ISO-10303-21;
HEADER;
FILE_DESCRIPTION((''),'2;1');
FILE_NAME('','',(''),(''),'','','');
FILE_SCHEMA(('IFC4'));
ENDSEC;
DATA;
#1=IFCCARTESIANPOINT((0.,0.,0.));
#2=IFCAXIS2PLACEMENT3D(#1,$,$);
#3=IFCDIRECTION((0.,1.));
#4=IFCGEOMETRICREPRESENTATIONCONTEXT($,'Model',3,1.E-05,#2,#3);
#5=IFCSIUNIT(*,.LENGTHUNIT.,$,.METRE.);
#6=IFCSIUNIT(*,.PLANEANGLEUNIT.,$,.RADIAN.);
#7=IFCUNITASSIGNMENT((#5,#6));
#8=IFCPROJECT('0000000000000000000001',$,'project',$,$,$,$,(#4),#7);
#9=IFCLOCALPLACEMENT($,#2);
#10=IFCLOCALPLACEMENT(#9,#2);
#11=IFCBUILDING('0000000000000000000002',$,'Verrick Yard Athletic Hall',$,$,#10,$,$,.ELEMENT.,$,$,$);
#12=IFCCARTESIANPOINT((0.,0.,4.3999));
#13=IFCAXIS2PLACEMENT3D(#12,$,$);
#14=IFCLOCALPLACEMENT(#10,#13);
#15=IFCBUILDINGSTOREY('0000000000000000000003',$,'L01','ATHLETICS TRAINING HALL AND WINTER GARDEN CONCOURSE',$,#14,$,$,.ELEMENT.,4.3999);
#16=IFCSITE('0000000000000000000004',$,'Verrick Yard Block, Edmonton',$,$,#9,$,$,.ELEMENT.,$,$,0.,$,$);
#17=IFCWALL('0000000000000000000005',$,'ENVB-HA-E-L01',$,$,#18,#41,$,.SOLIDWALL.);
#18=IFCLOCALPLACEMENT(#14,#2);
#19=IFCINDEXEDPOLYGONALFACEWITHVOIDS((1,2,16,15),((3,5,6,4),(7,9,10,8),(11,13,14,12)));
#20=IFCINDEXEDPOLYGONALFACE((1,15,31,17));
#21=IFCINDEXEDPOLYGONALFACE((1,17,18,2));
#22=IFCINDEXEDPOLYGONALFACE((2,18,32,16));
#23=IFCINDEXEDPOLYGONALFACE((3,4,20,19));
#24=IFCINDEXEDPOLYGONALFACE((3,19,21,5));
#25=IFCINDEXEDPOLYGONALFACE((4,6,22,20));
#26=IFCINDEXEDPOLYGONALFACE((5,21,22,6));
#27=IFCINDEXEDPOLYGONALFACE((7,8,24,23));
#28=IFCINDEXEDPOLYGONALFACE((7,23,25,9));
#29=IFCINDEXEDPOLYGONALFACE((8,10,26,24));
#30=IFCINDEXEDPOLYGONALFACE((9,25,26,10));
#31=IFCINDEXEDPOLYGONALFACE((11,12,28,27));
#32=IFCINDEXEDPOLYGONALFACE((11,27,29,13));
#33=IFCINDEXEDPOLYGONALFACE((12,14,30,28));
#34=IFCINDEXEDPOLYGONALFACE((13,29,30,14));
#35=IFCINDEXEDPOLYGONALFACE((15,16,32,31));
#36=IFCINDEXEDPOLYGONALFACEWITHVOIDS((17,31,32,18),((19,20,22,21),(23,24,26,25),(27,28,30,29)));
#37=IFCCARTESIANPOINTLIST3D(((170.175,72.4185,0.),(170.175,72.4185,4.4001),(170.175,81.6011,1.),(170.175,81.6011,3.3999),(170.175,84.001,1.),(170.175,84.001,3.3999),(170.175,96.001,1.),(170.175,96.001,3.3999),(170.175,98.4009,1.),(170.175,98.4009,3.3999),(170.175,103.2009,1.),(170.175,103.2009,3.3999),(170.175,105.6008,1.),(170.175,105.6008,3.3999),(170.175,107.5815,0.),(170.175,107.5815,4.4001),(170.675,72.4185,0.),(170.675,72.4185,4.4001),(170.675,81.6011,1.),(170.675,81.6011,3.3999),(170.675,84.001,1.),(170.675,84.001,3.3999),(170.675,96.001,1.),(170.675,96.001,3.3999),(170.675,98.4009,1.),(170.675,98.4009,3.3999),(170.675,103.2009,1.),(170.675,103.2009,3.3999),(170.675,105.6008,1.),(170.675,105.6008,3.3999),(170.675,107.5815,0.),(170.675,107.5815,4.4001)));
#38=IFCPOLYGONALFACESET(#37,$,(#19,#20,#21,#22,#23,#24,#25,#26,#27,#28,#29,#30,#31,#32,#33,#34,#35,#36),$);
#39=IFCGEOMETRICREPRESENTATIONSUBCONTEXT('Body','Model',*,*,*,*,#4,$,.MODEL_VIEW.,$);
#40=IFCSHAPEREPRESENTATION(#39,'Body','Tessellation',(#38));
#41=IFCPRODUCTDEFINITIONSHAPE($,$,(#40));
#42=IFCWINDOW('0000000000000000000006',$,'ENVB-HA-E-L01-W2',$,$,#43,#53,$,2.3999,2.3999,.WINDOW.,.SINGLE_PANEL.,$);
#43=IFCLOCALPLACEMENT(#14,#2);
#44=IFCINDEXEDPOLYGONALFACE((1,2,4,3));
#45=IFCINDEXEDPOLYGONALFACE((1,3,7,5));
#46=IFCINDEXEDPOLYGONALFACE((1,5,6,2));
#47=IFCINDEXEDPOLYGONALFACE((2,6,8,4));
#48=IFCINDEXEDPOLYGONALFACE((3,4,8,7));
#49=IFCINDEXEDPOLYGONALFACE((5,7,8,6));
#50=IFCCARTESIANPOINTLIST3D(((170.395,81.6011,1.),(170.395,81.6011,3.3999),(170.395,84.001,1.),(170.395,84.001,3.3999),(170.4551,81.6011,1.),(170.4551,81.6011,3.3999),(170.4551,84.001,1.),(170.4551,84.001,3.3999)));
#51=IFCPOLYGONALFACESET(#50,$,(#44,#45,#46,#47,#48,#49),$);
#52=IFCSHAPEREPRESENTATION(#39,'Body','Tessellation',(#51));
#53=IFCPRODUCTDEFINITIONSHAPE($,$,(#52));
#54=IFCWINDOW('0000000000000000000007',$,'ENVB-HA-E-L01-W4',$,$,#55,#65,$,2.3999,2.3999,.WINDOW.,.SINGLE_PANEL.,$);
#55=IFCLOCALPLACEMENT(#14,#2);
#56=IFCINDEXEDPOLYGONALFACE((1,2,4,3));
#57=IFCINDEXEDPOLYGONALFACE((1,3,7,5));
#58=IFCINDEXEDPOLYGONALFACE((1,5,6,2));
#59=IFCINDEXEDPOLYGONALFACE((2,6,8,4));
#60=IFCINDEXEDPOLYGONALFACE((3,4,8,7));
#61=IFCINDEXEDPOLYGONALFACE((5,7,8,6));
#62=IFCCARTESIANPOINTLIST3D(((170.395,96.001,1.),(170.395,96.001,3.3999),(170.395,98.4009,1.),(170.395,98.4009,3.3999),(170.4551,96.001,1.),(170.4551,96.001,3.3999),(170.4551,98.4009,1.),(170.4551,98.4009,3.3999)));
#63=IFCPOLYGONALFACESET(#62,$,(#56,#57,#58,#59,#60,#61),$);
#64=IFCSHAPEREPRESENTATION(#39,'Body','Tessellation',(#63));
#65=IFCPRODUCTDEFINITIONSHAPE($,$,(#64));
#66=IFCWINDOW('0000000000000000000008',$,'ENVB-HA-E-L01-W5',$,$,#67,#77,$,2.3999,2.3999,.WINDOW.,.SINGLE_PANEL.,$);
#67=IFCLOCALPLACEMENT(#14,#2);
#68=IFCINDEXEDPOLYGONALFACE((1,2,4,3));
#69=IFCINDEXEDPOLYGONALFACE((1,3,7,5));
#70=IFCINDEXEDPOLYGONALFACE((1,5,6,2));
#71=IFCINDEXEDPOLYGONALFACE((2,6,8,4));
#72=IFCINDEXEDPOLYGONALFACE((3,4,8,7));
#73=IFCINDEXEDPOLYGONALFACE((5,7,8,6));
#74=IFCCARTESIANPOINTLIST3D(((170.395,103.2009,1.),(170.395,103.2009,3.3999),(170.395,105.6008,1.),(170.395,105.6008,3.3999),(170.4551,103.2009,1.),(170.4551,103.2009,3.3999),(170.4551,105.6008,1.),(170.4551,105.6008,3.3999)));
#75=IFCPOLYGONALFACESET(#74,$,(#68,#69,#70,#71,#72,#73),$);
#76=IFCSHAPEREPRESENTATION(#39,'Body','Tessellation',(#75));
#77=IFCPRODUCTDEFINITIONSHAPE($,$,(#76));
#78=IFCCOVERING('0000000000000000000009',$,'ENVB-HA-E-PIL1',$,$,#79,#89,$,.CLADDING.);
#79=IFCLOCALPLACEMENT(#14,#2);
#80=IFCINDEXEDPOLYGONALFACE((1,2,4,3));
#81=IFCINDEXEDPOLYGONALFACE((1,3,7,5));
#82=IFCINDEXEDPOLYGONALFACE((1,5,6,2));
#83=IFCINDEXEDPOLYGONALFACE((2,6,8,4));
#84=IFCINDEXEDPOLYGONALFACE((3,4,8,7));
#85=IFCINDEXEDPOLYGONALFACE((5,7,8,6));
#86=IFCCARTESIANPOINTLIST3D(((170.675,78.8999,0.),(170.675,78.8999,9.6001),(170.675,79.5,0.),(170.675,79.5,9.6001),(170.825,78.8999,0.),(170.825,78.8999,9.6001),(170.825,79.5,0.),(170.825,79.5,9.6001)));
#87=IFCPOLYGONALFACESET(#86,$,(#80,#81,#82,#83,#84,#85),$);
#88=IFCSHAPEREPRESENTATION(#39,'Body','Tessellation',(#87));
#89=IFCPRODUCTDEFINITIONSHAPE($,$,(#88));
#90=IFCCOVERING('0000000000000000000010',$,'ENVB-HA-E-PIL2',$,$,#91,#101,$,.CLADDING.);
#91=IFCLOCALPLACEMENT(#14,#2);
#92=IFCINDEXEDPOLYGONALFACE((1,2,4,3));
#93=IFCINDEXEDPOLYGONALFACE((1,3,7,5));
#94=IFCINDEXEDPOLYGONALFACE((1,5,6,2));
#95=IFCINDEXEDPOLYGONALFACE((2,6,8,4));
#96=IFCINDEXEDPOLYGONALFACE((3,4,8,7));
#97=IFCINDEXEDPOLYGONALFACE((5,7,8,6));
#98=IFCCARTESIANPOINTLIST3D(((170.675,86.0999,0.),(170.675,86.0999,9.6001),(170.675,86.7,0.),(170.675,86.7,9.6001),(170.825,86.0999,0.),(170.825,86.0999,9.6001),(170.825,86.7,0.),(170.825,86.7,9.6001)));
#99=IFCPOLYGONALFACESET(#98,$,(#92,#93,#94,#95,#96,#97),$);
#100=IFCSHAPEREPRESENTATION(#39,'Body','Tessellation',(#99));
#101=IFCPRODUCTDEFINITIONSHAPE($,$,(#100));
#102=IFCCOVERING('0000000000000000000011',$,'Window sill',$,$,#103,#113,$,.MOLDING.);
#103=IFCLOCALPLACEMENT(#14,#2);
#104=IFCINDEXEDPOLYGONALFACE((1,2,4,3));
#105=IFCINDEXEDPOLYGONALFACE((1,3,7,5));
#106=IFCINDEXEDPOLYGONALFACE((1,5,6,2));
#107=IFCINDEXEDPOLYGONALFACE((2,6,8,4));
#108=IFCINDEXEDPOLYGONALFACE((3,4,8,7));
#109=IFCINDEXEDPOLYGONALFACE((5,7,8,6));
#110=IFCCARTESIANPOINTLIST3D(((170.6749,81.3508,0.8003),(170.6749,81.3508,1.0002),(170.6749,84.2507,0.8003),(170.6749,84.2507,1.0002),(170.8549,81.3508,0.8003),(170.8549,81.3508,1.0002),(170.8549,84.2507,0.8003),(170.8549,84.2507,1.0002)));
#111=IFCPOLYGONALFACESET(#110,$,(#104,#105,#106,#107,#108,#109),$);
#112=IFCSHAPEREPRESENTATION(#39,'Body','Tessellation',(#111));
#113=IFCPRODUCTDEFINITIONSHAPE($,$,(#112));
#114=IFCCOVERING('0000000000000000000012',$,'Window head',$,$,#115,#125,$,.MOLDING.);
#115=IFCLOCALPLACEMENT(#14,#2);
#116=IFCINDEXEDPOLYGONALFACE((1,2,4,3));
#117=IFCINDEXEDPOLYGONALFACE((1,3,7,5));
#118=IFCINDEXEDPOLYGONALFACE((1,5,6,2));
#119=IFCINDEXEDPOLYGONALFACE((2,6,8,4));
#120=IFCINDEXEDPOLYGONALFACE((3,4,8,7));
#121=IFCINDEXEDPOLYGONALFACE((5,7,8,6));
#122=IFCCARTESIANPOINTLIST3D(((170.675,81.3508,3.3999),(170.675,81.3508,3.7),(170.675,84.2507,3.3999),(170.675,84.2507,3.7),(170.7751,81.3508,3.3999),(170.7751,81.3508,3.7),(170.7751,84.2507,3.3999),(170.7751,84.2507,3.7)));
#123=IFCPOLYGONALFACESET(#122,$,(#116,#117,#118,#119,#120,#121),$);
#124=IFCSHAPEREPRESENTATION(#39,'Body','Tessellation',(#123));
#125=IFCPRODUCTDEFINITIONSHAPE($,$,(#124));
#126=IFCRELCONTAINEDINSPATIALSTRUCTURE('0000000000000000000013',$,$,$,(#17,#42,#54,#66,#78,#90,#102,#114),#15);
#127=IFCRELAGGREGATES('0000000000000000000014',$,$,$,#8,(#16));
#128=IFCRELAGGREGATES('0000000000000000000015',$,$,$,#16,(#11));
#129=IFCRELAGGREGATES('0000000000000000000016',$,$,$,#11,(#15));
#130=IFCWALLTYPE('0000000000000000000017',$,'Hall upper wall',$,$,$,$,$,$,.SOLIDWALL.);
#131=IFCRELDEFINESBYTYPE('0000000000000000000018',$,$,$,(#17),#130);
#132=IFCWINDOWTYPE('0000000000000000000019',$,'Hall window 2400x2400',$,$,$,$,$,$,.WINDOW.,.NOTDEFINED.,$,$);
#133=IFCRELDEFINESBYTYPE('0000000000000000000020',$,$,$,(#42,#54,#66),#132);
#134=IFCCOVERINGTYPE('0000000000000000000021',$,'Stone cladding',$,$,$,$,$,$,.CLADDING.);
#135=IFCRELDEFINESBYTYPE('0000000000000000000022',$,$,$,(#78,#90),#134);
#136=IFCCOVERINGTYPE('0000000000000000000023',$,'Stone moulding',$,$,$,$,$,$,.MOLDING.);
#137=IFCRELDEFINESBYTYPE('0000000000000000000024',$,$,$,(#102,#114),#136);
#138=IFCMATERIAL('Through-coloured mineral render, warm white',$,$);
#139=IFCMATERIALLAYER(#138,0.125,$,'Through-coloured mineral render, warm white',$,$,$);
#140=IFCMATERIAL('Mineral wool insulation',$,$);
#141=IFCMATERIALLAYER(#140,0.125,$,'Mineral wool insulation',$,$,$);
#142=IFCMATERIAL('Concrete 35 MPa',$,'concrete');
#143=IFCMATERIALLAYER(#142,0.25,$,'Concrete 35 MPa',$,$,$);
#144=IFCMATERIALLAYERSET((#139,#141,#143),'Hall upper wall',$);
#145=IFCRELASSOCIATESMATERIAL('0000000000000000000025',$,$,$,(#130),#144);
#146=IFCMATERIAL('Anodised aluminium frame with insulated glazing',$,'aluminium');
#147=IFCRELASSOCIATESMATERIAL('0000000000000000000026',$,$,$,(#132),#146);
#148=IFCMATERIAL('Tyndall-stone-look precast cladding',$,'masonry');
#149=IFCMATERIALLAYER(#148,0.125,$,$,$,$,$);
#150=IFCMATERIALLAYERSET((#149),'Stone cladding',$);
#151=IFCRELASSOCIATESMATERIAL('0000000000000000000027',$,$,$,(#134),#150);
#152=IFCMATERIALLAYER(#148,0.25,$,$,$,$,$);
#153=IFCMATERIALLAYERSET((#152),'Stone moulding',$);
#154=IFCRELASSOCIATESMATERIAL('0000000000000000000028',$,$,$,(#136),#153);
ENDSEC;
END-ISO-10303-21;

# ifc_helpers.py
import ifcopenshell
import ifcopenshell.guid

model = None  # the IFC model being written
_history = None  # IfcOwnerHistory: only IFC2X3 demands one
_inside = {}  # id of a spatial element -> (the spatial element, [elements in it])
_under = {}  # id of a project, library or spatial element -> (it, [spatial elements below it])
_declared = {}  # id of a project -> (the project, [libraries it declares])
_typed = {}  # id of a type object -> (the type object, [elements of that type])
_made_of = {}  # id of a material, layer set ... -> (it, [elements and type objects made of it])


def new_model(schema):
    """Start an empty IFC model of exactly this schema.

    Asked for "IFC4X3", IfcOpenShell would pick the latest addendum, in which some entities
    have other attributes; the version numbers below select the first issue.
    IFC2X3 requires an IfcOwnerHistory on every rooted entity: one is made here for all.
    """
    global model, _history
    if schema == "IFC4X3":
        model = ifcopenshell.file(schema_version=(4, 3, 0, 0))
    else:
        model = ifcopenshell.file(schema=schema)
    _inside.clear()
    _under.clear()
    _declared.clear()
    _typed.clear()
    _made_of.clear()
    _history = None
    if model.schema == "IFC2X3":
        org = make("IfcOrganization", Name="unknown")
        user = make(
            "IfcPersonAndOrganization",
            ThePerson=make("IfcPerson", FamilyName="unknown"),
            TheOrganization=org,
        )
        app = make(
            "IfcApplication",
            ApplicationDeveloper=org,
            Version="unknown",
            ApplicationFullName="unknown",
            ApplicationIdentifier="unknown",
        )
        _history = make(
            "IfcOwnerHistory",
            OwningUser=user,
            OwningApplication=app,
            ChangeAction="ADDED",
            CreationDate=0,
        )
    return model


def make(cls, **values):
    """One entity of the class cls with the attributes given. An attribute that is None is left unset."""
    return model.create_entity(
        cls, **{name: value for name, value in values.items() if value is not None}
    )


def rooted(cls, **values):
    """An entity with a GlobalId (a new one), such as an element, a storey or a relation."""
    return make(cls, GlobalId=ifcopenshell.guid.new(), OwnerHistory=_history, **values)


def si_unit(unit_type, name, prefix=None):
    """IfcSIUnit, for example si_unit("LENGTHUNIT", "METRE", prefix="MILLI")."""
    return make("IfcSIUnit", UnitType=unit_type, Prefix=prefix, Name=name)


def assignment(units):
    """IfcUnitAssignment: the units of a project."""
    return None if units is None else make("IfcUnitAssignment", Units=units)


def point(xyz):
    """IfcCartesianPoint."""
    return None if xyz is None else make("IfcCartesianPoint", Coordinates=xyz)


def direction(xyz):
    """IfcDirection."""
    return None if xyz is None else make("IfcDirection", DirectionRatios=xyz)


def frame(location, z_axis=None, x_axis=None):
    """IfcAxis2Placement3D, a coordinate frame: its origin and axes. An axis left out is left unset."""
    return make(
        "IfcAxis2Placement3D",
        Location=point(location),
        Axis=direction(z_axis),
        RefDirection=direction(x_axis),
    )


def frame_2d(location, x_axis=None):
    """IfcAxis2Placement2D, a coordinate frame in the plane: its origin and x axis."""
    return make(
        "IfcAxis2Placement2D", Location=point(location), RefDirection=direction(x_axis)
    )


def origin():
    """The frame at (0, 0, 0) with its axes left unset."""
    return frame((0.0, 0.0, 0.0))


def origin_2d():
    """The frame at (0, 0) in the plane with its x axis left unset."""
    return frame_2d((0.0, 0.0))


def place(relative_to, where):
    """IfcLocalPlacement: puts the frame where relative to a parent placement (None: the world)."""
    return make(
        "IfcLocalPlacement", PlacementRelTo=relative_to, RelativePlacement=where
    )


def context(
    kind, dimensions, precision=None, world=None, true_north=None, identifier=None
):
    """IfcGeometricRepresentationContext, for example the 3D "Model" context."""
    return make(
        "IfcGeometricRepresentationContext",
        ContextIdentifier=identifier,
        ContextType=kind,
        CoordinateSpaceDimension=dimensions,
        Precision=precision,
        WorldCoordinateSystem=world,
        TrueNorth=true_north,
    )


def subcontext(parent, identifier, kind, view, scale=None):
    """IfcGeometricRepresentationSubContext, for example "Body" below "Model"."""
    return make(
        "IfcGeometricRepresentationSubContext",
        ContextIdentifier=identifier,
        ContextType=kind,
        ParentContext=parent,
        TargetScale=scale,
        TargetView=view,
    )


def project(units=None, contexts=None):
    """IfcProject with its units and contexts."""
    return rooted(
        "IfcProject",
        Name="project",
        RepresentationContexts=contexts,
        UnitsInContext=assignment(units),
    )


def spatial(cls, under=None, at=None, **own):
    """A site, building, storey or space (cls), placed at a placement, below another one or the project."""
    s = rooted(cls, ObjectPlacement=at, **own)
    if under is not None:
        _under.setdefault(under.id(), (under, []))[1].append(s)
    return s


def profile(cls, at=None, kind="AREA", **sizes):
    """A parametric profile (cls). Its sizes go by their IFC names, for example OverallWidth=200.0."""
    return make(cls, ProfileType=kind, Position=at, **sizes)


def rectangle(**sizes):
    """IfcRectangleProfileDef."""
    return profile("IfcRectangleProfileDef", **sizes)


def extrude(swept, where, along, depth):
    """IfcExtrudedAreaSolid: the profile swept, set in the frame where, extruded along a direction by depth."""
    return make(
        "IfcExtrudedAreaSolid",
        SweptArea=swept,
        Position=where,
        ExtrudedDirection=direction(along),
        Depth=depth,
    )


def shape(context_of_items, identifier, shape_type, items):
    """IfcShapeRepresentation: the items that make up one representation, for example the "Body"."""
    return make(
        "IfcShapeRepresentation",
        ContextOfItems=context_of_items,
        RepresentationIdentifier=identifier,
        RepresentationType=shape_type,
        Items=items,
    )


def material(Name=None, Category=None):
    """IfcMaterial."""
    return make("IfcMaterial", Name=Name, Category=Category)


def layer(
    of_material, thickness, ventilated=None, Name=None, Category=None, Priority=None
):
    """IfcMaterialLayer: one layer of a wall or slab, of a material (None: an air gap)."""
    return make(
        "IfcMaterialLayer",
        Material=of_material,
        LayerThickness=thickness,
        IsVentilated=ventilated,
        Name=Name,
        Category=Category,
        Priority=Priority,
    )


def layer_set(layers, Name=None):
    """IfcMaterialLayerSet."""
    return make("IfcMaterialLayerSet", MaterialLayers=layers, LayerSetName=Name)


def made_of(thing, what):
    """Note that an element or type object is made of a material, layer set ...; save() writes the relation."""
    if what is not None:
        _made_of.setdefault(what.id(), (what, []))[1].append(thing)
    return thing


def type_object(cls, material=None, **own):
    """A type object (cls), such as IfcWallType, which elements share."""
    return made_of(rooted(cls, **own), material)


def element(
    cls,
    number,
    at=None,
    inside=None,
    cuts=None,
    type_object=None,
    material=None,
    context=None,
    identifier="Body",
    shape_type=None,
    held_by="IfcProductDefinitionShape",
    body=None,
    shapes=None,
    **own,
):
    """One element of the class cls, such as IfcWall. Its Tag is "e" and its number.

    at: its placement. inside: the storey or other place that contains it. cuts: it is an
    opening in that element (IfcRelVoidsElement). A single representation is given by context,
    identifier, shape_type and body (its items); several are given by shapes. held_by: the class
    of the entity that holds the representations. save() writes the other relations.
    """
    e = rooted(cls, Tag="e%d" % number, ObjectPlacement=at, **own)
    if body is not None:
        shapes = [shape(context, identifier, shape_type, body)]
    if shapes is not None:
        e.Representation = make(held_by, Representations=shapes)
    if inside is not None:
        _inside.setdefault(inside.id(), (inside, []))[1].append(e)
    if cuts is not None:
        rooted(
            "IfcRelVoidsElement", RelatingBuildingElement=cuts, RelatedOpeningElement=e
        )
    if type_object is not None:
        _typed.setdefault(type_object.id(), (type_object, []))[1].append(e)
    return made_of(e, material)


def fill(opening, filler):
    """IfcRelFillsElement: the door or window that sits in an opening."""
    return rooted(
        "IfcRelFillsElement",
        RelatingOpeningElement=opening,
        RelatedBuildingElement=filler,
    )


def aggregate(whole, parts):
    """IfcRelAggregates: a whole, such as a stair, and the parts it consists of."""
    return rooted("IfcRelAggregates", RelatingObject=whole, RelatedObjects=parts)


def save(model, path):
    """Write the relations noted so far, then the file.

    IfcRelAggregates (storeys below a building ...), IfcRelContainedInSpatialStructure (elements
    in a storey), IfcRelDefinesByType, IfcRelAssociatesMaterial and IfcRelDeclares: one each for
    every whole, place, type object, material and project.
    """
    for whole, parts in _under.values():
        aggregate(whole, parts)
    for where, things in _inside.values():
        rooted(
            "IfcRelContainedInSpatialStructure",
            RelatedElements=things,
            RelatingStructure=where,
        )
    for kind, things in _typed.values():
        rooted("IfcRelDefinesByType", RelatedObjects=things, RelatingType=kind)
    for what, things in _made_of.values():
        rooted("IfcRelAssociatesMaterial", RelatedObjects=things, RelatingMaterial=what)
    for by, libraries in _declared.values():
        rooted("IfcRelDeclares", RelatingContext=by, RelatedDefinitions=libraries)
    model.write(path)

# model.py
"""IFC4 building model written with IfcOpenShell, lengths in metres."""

from ifc_helpers import new_model, si_unit, direction, frame, frame_2d, origin, origin_2d, place, context, subcontext, project, spatial, rectangle, extrude, material, layer, layer_set, type_object, element, fill, save


model = new_model("IFC4")

# Units and contexts
model_context = context("Model", 3, precision=1e-05, world=origin(), true_north=direction((0.0, 1.0)))
body_context = subcontext(model_context, "Body", "Model", "MODEL_VIEW")
ifc_project = project(units=[si_unit("LENGTHUNIT", "METRE"), si_unit("PLANEANGLEUNIT", "RADIAN")], contexts=[model_context])

# Site, building, storey
site_placement = place(None, origin())
site = spatial("IfcSite", under=ifc_project, at=site_placement, Name="Verrick Yard Block, Edmonton", CompositionType="ELEMENT", RefElevation=0.0)
building_placement = place(site_placement, origin())
building = spatial("IfcBuilding", under=site, at=building_placement, Name="Verrick Yard Athletic Hall", CompositionType="ELEMENT")
storey_placement = place(building_placement, frame((0.0, 0.0, 4.3999)))
storey = spatial("IfcBuildingStorey", under=building, at=storey_placement, Name="L01", Description="ATHLETICS TRAINING HALL AND WINTER GARDEN CONCOURSE", CompositionType="ELEMENT", Elevation=4.3999)

# Wall, openings, windows
ifc_material_1 = material(Name="Through-coloured mineral render, warm white")
ifc_layer_1 = layer(ifc_material_1, 0.125, Name="Through-coloured mineral render, warm white")
ifc_material_2 = material(Name="Mineral wool insulation")
ifc_layer_2 = layer(ifc_material_2, 0.125, Name="Mineral wool insulation")
ifc_material_3 = material(Name="Concrete 35 MPa", Category="concrete")
ifc_layer_3 = layer(ifc_material_3, 0.25, Name="Concrete 35 MPa")
ifc_layer_set_1 = layer_set([ifc_layer_1, ifc_layer_2, ifc_layer_3], Name="Hall upper wall")
wall_type = type_object("IfcWallType", Name="Hall upper wall", PredefinedType="SOLIDWALL", material=ifc_layer_set_1)
wall_placement = place(storey_placement, frame((170.425, 72.4185, 0.0), z_axis=(0.0, 0.0, 1.0), x_axis=(0.0, 1.0, 0.0)))
wall = element("IfcWall", 1, at=wall_placement, inside=storey, type_object=wall_type, Name="ENVB-HA-E-L01", PredefinedType="SOLIDWALL", context=body_context, shape_type="SweptSolid", body=[
    extrude(rectangle(XDim=35.1631, YDim=0.5, at=frame_2d((17.5815, 0.0))), origin(), (0.0, 0.0, 1.0), 4.4001),
])
opening_1_placement = place(wall_placement, frame((9.1826, 0.0, 1.0)))
opening_1 = element("IfcOpeningElement", 2, at=opening_1_placement, cuts=wall, PredefinedType="OPENING", context=body_context, shape_type="SweptSolid", body=[
    extrude(rectangle(XDim=2.3999, YDim=2.3999, at=frame_2d((1.2, 1.2))), frame((0.0, 0.26, 0.0), z_axis=(0.0, -1.0, 0.0), x_axis=(1.0, 0.0, 0.0)), (0.0, 0.0, 1.0), 0.52),
])
opening_2_placement = place(wall_placement, frame((23.5825, 0.0, 1.0)))
opening_2 = element("IfcOpeningElement", 3, at=opening_2_placement, cuts=wall, PredefinedType="OPENING", context=body_context, shape_type="SweptSolid", body=[
    extrude(rectangle(XDim=2.3999, YDim=2.3999, at=frame_2d((1.2, 1.2))), frame((0.0, 0.26, 0.0), z_axis=(0.0, -1.0, 0.0), x_axis=(1.0, 0.0, 0.0)), (0.0, 0.0, 1.0), 0.52),
])
opening_3_placement = place(wall_placement, frame((30.7825, 0.0, 1.0)))
opening_3 = element("IfcOpeningElement", 4, at=opening_3_placement, cuts=wall, PredefinedType="OPENING", context=body_context, shape_type="SweptSolid", body=[
    extrude(rectangle(XDim=2.3999, YDim=2.3999, at=frame_2d((1.2, 1.2))), frame((0.0, 0.26, 0.0), z_axis=(0.0, -1.0, 0.0), x_axis=(1.0, 0.0, 0.0)), (0.0, 0.0, 1.0), 0.52),
])
ifc_material_4 = material(Name="Anodised aluminium frame with insulated glazing", Category="aluminium")
window_type = type_object("IfcWindowType", Name="Hall window 2400x2400", PartitioningType="NOTDEFINED", PredefinedType="WINDOW", material=ifc_material_4)
window_1_placement = place(opening_1_placement, origin())
window_1 = element("IfcWindow", 5, at=window_1_placement, inside=storey, type_object=window_type, Name="ENVB-HA-E-L01-W2", OverallHeight=2.3999, OverallWidth=2.3999, PartitioningType="SINGLE_PANEL", PredefinedType="WINDOW", context=body_context, shape_type="SweptSolid", body=[
    extrude(rectangle(XDim=2.3999, YDim=2.3999, at=frame_2d((1.2, 1.2))), frame((0.0, 0.03, 0.0), z_axis=(0.0, -1.0, 0.0), x_axis=(1.0, 0.0, 0.0)), (0.0, 0.0, 1.0), 0.0601),
])
fill(opening_1, window_1)
window_2_placement = place(opening_2_placement, origin())
window_2 = element("IfcWindow", 6, at=window_2_placement, inside=storey, type_object=window_type, Name="ENVB-HA-E-L01-W4", OverallHeight=2.3999, OverallWidth=2.3999, PartitioningType="SINGLE_PANEL", PredefinedType="WINDOW", context=body_context, shape_type="SweptSolid", body=[
    extrude(rectangle(XDim=2.3999, YDim=2.3999, at=frame_2d((1.2, 1.2))), frame((0.0, 0.03, 0.0), z_axis=(0.0, -1.0, 0.0), x_axis=(1.0, 0.0, 0.0)), (0.0, 0.0, 1.0), 0.0601),
])
fill(opening_2, window_2)
window_3_placement = place(opening_3_placement, origin())
window_3 = element("IfcWindow", 7, at=window_3_placement, inside=storey, type_object=window_type, Name="ENVB-HA-E-L01-W5", OverallHeight=2.3999, OverallWidth=2.3999, PartitioningType="SINGLE_PANEL", PredefinedType="WINDOW", context=body_context, shape_type="SweptSolid", body=[
    extrude(rectangle(XDim=2.3999, YDim=2.3999, at=frame_2d((1.2, 1.2))), frame((0.0, 0.03, 0.0), z_axis=(0.0, -1.0, 0.0), x_axis=(1.0, 0.0, 0.0)), (0.0, 0.0, 1.0), 0.0601),
])
fill(opening_3, window_3)

# Coverings
ifc_material_5 = material(Name="Tyndall-stone-look precast cladding", Category="masonry")
ifc_layer_4 = layer(ifc_material_5, 0.125)
ifc_layer_set_2 = layer_set([ifc_layer_4], Name="Stone cladding")
covering_type_1 = type_object("IfcCoveringType", Name="Stone cladding", PredefinedType="CLADDING", material=ifc_layer_set_2)
for number, where, z_axis, x_axis, name in (
    (8, (170.75, 79.2, 0.0), (0.0, 0.0, 1.0), (1.0, 0.0, 0.0), "ENVB-HA-E-PIL1"),
    (9, (170.75, 86.3999, 0.0), (0.0, 0.0, 1.0), (1.0, 0.0, 0.0), "ENVB-HA-E-PIL2"),
):
    element("IfcCovering", number, at=place(storey_placement, frame(where, z_axis=z_axis, x_axis=x_axis)), inside=storey, type_object=covering_type_1, Name=name, PredefinedType="CLADDING", context=body_context, shape_type="SweptSolid", body=[
        extrude(rectangle(XDim=0.1499, YDim=0.6001, at=origin_2d()), origin(), (0.0, 0.0, 1.0), 9.6001),
    ])
ifc_layer_5 = layer(ifc_material_5, 0.25)
ifc_layer_set_3 = layer_set([ifc_layer_5], Name="Stone moulding")
covering_type_2 = type_object("IfcCoveringType", Name="Stone moulding", PredefinedType="MOLDING", material=ifc_layer_set_3)
covering_1_placement = place(storey_placement, frame((170.7649, 82.8008, 0.8003), z_axis=(0.0, 0.0, 1.0), x_axis=(0.0, 1.0, 0.0)))
element("IfcCovering", 10, at=covering_1_placement, inside=storey, type_object=covering_type_2, Name="Window sill", PredefinedType="MOLDING", context=body_context, shape_type="SweptSolid", body=[
    extrude(rectangle(XDim=2.8999, YDim=0.1799, at=origin_2d()), origin(), (0.0, 0.0, 1.0), 0.2),
])
covering_2_placement = place(storey_placement, frame((170.7251, 82.8008, 3.3999), z_axis=(0.0, 0.0, 1.0), x_axis=(0.0, 1.0, 0.0)))
element("IfcCovering", 11, at=covering_2_placement, inside=storey, type_object=covering_type_2, Name="Window head", PredefinedType="MOLDING", context=body_context, shape_type="SweptSolid", body=[
    extrude(rectangle(XDim=2.8999, YDim=0.1001, at=origin_2d()), origin(), (0.0, 0.0, 1.0), 0.3),
])

save(model, "model.ifc")
